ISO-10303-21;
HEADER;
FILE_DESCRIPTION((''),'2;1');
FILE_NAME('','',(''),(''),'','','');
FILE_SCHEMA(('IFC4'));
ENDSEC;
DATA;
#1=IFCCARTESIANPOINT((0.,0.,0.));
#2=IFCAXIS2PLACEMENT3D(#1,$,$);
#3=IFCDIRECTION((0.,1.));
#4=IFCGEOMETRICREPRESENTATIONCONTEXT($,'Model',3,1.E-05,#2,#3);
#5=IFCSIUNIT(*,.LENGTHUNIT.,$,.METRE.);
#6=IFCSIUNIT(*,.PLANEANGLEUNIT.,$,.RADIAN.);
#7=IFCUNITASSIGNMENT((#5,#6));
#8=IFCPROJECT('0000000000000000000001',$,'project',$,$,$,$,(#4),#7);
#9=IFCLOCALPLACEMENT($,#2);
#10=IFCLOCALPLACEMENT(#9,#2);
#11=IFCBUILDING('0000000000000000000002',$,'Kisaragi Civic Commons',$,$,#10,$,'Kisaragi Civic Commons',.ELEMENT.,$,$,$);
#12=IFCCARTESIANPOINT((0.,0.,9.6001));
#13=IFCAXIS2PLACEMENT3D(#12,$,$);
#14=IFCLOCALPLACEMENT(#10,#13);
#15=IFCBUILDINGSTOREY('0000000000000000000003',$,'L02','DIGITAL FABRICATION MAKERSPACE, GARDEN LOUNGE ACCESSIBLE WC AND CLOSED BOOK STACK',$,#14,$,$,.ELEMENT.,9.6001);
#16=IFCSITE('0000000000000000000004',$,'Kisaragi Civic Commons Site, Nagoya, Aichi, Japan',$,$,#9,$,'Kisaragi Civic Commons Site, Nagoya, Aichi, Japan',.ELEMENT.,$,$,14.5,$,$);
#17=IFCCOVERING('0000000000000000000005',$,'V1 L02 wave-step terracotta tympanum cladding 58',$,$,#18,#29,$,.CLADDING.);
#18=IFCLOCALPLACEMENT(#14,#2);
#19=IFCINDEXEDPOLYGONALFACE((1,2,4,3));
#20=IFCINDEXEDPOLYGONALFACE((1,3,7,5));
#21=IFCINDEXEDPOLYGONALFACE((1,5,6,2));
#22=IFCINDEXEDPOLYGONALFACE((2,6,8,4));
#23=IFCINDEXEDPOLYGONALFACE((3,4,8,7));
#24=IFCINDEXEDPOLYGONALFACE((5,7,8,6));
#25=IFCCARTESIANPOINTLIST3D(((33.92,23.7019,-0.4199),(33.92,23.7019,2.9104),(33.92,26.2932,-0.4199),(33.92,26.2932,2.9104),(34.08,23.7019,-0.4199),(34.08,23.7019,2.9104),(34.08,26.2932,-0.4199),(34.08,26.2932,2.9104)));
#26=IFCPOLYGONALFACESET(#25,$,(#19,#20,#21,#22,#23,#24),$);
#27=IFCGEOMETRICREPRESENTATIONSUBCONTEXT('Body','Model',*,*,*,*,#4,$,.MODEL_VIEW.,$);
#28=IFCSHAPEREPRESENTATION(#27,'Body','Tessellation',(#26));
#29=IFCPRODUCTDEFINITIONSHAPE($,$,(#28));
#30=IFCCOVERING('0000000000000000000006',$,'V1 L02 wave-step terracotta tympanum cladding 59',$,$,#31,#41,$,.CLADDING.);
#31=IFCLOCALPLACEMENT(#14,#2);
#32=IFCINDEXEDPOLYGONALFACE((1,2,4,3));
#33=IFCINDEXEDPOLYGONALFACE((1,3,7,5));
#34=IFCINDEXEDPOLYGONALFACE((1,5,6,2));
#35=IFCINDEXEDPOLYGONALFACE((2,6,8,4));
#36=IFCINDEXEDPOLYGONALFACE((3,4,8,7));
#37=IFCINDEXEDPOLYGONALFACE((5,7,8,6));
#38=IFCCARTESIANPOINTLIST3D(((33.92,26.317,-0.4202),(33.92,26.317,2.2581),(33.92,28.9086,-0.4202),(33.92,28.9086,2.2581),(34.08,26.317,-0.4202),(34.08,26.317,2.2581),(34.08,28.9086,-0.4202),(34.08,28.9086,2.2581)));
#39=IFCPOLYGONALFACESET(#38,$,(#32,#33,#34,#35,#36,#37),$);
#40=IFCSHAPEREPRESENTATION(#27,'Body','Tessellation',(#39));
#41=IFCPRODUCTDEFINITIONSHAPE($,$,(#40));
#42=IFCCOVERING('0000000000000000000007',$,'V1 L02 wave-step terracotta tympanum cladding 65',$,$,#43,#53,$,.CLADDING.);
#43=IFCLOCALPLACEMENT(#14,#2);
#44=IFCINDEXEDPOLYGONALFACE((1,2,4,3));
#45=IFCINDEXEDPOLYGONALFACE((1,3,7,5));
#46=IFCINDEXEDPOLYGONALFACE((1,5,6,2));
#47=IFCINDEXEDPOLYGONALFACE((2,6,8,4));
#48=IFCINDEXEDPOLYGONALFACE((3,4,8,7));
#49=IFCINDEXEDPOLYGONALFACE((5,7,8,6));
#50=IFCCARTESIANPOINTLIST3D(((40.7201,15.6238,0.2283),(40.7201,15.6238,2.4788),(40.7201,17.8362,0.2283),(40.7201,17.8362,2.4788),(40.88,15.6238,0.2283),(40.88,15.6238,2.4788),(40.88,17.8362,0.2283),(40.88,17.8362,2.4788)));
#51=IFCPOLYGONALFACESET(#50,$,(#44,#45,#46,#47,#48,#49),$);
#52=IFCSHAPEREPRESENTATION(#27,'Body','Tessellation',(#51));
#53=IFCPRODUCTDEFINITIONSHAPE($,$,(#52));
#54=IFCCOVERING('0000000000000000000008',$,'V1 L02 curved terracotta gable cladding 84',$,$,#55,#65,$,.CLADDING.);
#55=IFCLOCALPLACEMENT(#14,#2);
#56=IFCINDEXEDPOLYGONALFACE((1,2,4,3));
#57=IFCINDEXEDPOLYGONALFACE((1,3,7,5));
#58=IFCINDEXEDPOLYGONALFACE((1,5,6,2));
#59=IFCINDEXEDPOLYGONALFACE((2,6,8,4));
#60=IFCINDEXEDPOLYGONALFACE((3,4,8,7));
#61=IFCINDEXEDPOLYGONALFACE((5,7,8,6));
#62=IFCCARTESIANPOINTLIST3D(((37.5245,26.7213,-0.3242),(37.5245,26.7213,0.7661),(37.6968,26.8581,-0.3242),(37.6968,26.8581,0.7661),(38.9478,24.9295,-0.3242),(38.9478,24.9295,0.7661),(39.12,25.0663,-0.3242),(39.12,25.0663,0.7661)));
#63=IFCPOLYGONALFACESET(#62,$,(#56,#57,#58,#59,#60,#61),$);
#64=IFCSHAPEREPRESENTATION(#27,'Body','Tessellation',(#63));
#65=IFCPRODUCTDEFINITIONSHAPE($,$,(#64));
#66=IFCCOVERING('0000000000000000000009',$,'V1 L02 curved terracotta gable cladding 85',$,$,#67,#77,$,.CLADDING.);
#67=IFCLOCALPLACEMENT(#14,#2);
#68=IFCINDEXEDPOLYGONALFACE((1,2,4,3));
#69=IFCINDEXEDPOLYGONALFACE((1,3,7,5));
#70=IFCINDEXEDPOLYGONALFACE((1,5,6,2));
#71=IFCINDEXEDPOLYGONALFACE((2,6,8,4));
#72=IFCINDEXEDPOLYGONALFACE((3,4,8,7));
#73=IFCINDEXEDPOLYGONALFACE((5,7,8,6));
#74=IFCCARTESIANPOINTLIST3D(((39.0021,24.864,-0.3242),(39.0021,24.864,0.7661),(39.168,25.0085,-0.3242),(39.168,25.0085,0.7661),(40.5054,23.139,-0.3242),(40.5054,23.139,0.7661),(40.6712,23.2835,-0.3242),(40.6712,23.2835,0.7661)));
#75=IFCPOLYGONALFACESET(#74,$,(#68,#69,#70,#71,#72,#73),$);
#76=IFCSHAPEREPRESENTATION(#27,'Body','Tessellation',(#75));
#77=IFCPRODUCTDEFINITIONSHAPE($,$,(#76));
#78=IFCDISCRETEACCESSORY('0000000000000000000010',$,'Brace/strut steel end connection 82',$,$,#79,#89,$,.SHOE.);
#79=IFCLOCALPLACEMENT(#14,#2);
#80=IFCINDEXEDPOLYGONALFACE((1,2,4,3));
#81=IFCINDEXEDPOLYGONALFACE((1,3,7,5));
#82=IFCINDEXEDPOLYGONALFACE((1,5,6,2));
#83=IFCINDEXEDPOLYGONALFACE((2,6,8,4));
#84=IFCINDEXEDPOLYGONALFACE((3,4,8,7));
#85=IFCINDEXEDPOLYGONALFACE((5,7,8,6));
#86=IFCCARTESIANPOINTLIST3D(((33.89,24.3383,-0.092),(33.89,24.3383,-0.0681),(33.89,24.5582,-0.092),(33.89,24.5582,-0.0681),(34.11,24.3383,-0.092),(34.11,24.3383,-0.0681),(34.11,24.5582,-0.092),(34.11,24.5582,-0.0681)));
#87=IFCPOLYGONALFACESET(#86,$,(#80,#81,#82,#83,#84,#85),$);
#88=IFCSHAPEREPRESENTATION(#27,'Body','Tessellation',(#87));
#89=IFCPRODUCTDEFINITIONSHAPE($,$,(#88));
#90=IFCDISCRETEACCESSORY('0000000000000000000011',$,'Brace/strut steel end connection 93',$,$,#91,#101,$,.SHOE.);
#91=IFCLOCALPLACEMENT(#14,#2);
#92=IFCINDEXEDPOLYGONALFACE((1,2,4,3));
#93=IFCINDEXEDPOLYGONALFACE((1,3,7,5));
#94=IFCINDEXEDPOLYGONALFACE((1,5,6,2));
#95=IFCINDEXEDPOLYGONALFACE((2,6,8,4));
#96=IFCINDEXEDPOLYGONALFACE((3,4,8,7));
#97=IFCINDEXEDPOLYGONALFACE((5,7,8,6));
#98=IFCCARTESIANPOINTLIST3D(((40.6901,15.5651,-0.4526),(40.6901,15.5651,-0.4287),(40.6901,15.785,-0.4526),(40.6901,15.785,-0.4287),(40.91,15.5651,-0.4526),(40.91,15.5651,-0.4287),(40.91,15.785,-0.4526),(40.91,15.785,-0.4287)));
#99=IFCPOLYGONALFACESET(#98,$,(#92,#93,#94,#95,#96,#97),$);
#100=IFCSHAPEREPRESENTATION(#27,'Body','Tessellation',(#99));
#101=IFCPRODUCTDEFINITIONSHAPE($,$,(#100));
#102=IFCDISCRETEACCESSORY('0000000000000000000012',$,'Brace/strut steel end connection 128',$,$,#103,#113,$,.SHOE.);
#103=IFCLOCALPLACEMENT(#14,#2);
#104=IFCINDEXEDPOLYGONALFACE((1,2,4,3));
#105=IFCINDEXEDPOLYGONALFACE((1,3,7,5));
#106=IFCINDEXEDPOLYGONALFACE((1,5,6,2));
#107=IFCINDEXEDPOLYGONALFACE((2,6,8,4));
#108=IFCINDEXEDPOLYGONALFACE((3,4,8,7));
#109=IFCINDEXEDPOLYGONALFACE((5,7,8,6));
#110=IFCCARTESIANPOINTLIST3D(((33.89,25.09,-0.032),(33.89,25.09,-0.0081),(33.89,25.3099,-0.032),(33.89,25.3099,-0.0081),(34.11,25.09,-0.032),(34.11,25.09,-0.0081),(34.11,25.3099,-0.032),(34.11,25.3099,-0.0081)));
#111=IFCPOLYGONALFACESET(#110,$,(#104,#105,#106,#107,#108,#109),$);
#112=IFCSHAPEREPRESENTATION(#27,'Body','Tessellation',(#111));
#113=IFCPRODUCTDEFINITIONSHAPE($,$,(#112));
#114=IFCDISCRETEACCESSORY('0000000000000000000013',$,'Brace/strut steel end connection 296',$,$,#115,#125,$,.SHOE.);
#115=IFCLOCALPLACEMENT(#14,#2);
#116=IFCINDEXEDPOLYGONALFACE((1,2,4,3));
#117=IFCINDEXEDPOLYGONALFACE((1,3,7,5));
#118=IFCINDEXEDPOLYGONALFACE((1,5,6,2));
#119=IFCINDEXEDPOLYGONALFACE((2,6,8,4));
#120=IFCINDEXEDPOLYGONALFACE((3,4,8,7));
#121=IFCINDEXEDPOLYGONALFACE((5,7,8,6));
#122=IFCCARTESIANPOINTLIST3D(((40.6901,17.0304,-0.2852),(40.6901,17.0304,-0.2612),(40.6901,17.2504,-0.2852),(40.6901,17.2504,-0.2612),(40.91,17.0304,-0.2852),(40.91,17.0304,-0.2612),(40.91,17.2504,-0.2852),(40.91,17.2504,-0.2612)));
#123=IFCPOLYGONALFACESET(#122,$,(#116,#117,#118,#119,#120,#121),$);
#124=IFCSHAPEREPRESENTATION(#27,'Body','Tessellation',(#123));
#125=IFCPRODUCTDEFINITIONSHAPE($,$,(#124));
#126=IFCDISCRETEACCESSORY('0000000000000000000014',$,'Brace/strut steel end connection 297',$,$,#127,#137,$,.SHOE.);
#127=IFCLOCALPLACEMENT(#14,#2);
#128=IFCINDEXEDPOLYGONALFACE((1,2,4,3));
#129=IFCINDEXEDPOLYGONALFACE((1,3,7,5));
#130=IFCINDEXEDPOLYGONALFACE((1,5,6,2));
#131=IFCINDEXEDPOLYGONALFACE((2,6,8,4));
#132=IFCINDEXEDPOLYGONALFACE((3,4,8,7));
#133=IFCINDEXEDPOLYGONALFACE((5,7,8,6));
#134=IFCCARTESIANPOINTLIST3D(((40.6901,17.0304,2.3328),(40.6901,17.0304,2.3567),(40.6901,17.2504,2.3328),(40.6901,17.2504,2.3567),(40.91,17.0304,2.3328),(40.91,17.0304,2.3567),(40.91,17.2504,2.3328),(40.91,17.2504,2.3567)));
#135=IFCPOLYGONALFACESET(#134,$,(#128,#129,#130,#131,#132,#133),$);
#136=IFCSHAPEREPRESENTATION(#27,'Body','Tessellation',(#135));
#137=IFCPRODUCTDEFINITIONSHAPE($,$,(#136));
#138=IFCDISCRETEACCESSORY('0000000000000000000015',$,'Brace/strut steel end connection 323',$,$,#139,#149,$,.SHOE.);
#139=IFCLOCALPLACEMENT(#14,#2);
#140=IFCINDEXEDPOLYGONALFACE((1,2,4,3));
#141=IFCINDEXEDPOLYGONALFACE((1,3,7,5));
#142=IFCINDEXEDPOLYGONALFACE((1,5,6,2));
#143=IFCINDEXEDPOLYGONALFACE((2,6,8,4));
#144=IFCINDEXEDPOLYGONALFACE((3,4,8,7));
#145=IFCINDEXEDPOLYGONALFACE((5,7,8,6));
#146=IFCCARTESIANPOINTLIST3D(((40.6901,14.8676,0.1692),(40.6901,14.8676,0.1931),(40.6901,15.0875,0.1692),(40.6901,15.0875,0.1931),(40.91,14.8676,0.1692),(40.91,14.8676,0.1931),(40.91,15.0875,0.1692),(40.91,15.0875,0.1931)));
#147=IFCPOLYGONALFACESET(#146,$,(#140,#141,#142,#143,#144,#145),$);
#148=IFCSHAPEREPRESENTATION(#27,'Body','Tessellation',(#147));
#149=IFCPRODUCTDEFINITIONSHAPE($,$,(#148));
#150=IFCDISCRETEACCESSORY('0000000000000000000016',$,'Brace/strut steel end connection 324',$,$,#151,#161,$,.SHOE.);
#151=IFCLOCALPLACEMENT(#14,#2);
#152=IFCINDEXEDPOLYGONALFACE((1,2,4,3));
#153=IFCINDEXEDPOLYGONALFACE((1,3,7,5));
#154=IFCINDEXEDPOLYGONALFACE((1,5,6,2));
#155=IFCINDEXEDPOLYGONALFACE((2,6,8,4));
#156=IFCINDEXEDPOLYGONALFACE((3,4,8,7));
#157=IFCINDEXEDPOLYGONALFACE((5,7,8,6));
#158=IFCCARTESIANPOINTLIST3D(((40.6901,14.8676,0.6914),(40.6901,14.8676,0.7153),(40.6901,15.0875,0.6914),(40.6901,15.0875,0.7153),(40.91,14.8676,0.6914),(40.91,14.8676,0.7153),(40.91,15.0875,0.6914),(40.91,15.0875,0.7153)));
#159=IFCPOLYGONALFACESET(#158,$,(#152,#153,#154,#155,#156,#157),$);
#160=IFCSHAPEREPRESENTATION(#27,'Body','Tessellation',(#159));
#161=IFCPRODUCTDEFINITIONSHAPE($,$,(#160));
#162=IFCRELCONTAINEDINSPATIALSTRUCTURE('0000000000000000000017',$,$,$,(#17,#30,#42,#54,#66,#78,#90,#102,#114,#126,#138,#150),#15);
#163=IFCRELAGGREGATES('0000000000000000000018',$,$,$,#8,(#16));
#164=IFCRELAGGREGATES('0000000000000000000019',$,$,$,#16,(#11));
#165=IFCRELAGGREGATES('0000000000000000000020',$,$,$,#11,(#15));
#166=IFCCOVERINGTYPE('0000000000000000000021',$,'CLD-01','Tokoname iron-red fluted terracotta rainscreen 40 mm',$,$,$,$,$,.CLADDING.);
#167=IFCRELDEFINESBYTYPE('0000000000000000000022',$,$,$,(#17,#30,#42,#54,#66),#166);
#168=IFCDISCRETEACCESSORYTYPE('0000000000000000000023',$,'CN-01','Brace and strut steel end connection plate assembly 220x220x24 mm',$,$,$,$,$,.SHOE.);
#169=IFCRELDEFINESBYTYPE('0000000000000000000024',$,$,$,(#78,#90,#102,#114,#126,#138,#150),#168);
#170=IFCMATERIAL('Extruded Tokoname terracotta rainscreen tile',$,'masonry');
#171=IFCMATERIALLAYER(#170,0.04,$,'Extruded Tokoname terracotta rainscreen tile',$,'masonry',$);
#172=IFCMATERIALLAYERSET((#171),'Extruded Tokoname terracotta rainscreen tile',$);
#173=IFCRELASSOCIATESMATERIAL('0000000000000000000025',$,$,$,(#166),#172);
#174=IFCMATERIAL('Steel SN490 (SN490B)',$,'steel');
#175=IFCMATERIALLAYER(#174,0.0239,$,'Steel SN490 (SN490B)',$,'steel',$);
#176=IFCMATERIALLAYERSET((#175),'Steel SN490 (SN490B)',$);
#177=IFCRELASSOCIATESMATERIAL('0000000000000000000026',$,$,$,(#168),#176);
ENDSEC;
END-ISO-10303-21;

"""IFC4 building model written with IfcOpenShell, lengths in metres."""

from ifc_helpers import new_model, si_unit, direction, frame, origin, origin_2d, place, context, subcontext, project, spatial, rectangle, extrude, material, layer, layer_set, type_object, element, save


model = new_model("IFC4")

# Units and contexts
model_context = context("Model", 3, precision=1e-05, world=origin(), true_north=direction((0.0, 1.0)))
body_context = subcontext(model_context, "Body", "Model", "MODEL_VIEW")
ifc_project = project(units=[si_unit("LENGTHUNIT", "METRE"), si_unit("PLANEANGLEUNIT", "RADIAN")], contexts=[model_context])

# Site, building, storey
site_placement = place(None, origin())
site = spatial("IfcSite", under=ifc_project, at=site_placement, Name="Kisaragi Civic Commons Site, Nagoya, Aichi, Japan", LongName="Kisaragi Civic Commons Site, Nagoya, Aichi, Japan", CompositionType="ELEMENT", RefElevation=14.5)
building_placement = place(site_placement, origin())
building = spatial("IfcBuilding", under=site, at=building_placement, Name="Kisaragi Civic Commons", LongName="Kisaragi Civic Commons", CompositionType="ELEMENT")
storey_placement = place(building_placement, frame((0.0, 0.0, 9.6001)))
storey = spatial("IfcBuildingStorey", under=building, at=storey_placement, Name="L02", Description="DIGITAL FABRICATION MAKERSPACE, GARDEN LOUNGE ACCESSIBLE WC AND CLOSED BOOK STACK", CompositionType="ELEMENT", Elevation=9.6001)

# Shared definitions
ifc_material_1 = material(Name="Steel SN490 (SN490B)", Category="steel")

# Coverings
ifc_material_2 = material(Name="Extruded Tokoname terracotta rainscreen tile", Category="masonry")
ifc_layer_1 = layer(ifc_material_2, 0.04, Name="Extruded Tokoname terracotta rainscreen tile", Category="masonry")
ifc_layer_set_1 = layer_set([ifc_layer_1], Name="Extruded Tokoname terracotta rainscreen tile")
covering_type = type_object("IfcCoveringType", Name="CLD-01", Description="Tokoname iron-red fluted terracotta rainscreen 40 mm", PredefinedType="CLADDING", material=ifc_layer_set_1)
covering_1_placement = place(storey_placement, frame((34.0, 24.9976, -0.4199), z_axis=(0.0, 0.0, 1.0), x_axis=(0.0, 1.0, 0.0)))
element("IfcCovering", 1, at=covering_1_placement, inside=storey, type_object=covering_type, Name="V1 L02 wave-step terracotta tympanum cladding 58", PredefinedType="CLADDING", context=body_context, shape_type="SweptSolid", body=[
    extrude(rectangle(XDim=2.5913, YDim=0.1599, at=origin_2d()), origin(), (0.0, 0.0, 1.0), 3.3303),
])
covering_2_placement = place(storey_placement, frame((34.0, 27.6128, -0.4202), z_axis=(0.0, 0.0, 1.0), x_axis=(0.0, 1.0, 0.0)))
element("IfcCovering", 2, at=covering_2_placement, inside=storey, type_object=covering_type, Name="V1 L02 wave-step terracotta tympanum cladding 59", PredefinedType="CLADDING", context=body_context, shape_type="SweptSolid", body=[
    extrude(rectangle(XDim=2.5916, YDim=0.1599, at=origin_2d()), origin(), (0.0, 0.0, 1.0), 2.6782),
])
covering_3_placement = place(storey_placement, frame((40.8, 16.73, 0.2283), z_axis=(0.0, 0.0, 1.0), x_axis=(0.0, 1.0, 0.0)))
element("IfcCovering", 3, at=covering_3_placement, inside=storey, type_object=covering_type, Name="V1 L02 wave-step terracotta tympanum cladding 65", PredefinedType="CLADDING", context=body_context, shape_type="SweptSolid", body=[
    extrude(rectangle(XDim=2.2124, YDim=0.1599, at=origin_2d()), origin(), (0.0, 0.0, 1.0), 2.2505),
])
covering_4_placement = place(storey_placement, frame((38.3223, 25.8938, -0.3242), z_axis=(0.0, 0.0, 1.0), x_axis=(0.621968, -0.783043, 0.0)))
element("IfcCovering", 4, at=covering_4_placement, inside=storey, type_object=covering_type, Name="V1 L02 curved terracotta gable cladding 84", PredefinedType="CLADDING", context=body_context, shape_type="SweptSolid", body=[
    extrude(rectangle(XDim=2.2883, YDim=0.22, at=origin_2d()), origin(), (0.0, 0.0, 1.0), 1.0903),
])
covering_5_placement = place(storey_placement, frame((39.8367, 24.0737, -0.3242), z_axis=(0.0, 0.0, 1.0), x_axis=(0.656981, -0.753907, 0.0)))
element("IfcCovering", 5, at=covering_5_placement, inside=storey, type_object=covering_type, Name="V1 L02 curved terracotta gable cladding 85", PredefinedType="CLADDING", context=body_context, shape_type="SweptSolid", body=[
    extrude(rectangle(XDim=2.2881, YDim=0.22, at=origin_2d()), origin(), (0.0, 0.0, 1.0), 1.0903),
])

# Discrete accessories
ifc_layer_2 = layer(ifc_material_1, 0.0239, Name="Steel SN490 (SN490B)", Category="steel")
ifc_layer_set_2 = layer_set([ifc_layer_2], Name="Steel SN490 (SN490B)")
discrete_accessory_type = type_object("IfcDiscreteAccessoryType", Name="CN-01", Description="Brace and strut steel end connection plate assembly 220x220x24 mm", PredefinedType="SHOE", material=ifc_layer_set_2)
for number, where, z_axis, x_axis, name in (
    (6, (34.0, 24.4482, -0.092), (0.0, 0.0, 1.0), (1.0, 0.0, 0.0), "Brace/strut steel end connection 82"),
    (7, (40.8, 15.675, -0.4526), (0.0, 0.0, 1.0), (1.0, 0.0, 0.0), "Brace/strut steel end connection 93"),
    (8, (34.0, 25.2, -0.032), (0.0, 0.0, 1.0), (1.0, 0.0, 0.0), "Brace/strut steel end connection 128"),
    (9, (40.8, 17.1404, -0.2852), (0.0, 0.0, 1.0), (1.0, 0.0, 0.0), "Brace/strut steel end connection 296"),
    (10, (40.8, 17.1404, 2.3328), (0.0, 0.0, 1.0), (1.0, 0.0, 0.0), "Brace/strut steel end connection 297"),
    (11, (40.8, 14.9775, 0.1692), (0.0, 0.0, 1.0), (1.0, 0.0, 0.0), "Brace/strut steel end connection 323"),
    (12, (40.8, 14.9775, 0.6914), (0.0, 0.0, 1.0), (1.0, 0.0, 0.0), "Brace/strut steel end connection 324"),
):
    element("IfcDiscreteAccessory", number, at=place(storey_placement, frame(where, z_axis=z_axis, x_axis=x_axis)), inside=storey, type_object=discrete_accessory_type, Name=name, PredefinedType="SHOE", context=body_context, shape_type="SweptSolid", body=[
        extrude(rectangle(XDim=0.22, YDim=0.22, at=origin_2d()), origin(), (0.0, 0.0, 1.0), 0.0239),
    ])

save(model, "model.ifc")
